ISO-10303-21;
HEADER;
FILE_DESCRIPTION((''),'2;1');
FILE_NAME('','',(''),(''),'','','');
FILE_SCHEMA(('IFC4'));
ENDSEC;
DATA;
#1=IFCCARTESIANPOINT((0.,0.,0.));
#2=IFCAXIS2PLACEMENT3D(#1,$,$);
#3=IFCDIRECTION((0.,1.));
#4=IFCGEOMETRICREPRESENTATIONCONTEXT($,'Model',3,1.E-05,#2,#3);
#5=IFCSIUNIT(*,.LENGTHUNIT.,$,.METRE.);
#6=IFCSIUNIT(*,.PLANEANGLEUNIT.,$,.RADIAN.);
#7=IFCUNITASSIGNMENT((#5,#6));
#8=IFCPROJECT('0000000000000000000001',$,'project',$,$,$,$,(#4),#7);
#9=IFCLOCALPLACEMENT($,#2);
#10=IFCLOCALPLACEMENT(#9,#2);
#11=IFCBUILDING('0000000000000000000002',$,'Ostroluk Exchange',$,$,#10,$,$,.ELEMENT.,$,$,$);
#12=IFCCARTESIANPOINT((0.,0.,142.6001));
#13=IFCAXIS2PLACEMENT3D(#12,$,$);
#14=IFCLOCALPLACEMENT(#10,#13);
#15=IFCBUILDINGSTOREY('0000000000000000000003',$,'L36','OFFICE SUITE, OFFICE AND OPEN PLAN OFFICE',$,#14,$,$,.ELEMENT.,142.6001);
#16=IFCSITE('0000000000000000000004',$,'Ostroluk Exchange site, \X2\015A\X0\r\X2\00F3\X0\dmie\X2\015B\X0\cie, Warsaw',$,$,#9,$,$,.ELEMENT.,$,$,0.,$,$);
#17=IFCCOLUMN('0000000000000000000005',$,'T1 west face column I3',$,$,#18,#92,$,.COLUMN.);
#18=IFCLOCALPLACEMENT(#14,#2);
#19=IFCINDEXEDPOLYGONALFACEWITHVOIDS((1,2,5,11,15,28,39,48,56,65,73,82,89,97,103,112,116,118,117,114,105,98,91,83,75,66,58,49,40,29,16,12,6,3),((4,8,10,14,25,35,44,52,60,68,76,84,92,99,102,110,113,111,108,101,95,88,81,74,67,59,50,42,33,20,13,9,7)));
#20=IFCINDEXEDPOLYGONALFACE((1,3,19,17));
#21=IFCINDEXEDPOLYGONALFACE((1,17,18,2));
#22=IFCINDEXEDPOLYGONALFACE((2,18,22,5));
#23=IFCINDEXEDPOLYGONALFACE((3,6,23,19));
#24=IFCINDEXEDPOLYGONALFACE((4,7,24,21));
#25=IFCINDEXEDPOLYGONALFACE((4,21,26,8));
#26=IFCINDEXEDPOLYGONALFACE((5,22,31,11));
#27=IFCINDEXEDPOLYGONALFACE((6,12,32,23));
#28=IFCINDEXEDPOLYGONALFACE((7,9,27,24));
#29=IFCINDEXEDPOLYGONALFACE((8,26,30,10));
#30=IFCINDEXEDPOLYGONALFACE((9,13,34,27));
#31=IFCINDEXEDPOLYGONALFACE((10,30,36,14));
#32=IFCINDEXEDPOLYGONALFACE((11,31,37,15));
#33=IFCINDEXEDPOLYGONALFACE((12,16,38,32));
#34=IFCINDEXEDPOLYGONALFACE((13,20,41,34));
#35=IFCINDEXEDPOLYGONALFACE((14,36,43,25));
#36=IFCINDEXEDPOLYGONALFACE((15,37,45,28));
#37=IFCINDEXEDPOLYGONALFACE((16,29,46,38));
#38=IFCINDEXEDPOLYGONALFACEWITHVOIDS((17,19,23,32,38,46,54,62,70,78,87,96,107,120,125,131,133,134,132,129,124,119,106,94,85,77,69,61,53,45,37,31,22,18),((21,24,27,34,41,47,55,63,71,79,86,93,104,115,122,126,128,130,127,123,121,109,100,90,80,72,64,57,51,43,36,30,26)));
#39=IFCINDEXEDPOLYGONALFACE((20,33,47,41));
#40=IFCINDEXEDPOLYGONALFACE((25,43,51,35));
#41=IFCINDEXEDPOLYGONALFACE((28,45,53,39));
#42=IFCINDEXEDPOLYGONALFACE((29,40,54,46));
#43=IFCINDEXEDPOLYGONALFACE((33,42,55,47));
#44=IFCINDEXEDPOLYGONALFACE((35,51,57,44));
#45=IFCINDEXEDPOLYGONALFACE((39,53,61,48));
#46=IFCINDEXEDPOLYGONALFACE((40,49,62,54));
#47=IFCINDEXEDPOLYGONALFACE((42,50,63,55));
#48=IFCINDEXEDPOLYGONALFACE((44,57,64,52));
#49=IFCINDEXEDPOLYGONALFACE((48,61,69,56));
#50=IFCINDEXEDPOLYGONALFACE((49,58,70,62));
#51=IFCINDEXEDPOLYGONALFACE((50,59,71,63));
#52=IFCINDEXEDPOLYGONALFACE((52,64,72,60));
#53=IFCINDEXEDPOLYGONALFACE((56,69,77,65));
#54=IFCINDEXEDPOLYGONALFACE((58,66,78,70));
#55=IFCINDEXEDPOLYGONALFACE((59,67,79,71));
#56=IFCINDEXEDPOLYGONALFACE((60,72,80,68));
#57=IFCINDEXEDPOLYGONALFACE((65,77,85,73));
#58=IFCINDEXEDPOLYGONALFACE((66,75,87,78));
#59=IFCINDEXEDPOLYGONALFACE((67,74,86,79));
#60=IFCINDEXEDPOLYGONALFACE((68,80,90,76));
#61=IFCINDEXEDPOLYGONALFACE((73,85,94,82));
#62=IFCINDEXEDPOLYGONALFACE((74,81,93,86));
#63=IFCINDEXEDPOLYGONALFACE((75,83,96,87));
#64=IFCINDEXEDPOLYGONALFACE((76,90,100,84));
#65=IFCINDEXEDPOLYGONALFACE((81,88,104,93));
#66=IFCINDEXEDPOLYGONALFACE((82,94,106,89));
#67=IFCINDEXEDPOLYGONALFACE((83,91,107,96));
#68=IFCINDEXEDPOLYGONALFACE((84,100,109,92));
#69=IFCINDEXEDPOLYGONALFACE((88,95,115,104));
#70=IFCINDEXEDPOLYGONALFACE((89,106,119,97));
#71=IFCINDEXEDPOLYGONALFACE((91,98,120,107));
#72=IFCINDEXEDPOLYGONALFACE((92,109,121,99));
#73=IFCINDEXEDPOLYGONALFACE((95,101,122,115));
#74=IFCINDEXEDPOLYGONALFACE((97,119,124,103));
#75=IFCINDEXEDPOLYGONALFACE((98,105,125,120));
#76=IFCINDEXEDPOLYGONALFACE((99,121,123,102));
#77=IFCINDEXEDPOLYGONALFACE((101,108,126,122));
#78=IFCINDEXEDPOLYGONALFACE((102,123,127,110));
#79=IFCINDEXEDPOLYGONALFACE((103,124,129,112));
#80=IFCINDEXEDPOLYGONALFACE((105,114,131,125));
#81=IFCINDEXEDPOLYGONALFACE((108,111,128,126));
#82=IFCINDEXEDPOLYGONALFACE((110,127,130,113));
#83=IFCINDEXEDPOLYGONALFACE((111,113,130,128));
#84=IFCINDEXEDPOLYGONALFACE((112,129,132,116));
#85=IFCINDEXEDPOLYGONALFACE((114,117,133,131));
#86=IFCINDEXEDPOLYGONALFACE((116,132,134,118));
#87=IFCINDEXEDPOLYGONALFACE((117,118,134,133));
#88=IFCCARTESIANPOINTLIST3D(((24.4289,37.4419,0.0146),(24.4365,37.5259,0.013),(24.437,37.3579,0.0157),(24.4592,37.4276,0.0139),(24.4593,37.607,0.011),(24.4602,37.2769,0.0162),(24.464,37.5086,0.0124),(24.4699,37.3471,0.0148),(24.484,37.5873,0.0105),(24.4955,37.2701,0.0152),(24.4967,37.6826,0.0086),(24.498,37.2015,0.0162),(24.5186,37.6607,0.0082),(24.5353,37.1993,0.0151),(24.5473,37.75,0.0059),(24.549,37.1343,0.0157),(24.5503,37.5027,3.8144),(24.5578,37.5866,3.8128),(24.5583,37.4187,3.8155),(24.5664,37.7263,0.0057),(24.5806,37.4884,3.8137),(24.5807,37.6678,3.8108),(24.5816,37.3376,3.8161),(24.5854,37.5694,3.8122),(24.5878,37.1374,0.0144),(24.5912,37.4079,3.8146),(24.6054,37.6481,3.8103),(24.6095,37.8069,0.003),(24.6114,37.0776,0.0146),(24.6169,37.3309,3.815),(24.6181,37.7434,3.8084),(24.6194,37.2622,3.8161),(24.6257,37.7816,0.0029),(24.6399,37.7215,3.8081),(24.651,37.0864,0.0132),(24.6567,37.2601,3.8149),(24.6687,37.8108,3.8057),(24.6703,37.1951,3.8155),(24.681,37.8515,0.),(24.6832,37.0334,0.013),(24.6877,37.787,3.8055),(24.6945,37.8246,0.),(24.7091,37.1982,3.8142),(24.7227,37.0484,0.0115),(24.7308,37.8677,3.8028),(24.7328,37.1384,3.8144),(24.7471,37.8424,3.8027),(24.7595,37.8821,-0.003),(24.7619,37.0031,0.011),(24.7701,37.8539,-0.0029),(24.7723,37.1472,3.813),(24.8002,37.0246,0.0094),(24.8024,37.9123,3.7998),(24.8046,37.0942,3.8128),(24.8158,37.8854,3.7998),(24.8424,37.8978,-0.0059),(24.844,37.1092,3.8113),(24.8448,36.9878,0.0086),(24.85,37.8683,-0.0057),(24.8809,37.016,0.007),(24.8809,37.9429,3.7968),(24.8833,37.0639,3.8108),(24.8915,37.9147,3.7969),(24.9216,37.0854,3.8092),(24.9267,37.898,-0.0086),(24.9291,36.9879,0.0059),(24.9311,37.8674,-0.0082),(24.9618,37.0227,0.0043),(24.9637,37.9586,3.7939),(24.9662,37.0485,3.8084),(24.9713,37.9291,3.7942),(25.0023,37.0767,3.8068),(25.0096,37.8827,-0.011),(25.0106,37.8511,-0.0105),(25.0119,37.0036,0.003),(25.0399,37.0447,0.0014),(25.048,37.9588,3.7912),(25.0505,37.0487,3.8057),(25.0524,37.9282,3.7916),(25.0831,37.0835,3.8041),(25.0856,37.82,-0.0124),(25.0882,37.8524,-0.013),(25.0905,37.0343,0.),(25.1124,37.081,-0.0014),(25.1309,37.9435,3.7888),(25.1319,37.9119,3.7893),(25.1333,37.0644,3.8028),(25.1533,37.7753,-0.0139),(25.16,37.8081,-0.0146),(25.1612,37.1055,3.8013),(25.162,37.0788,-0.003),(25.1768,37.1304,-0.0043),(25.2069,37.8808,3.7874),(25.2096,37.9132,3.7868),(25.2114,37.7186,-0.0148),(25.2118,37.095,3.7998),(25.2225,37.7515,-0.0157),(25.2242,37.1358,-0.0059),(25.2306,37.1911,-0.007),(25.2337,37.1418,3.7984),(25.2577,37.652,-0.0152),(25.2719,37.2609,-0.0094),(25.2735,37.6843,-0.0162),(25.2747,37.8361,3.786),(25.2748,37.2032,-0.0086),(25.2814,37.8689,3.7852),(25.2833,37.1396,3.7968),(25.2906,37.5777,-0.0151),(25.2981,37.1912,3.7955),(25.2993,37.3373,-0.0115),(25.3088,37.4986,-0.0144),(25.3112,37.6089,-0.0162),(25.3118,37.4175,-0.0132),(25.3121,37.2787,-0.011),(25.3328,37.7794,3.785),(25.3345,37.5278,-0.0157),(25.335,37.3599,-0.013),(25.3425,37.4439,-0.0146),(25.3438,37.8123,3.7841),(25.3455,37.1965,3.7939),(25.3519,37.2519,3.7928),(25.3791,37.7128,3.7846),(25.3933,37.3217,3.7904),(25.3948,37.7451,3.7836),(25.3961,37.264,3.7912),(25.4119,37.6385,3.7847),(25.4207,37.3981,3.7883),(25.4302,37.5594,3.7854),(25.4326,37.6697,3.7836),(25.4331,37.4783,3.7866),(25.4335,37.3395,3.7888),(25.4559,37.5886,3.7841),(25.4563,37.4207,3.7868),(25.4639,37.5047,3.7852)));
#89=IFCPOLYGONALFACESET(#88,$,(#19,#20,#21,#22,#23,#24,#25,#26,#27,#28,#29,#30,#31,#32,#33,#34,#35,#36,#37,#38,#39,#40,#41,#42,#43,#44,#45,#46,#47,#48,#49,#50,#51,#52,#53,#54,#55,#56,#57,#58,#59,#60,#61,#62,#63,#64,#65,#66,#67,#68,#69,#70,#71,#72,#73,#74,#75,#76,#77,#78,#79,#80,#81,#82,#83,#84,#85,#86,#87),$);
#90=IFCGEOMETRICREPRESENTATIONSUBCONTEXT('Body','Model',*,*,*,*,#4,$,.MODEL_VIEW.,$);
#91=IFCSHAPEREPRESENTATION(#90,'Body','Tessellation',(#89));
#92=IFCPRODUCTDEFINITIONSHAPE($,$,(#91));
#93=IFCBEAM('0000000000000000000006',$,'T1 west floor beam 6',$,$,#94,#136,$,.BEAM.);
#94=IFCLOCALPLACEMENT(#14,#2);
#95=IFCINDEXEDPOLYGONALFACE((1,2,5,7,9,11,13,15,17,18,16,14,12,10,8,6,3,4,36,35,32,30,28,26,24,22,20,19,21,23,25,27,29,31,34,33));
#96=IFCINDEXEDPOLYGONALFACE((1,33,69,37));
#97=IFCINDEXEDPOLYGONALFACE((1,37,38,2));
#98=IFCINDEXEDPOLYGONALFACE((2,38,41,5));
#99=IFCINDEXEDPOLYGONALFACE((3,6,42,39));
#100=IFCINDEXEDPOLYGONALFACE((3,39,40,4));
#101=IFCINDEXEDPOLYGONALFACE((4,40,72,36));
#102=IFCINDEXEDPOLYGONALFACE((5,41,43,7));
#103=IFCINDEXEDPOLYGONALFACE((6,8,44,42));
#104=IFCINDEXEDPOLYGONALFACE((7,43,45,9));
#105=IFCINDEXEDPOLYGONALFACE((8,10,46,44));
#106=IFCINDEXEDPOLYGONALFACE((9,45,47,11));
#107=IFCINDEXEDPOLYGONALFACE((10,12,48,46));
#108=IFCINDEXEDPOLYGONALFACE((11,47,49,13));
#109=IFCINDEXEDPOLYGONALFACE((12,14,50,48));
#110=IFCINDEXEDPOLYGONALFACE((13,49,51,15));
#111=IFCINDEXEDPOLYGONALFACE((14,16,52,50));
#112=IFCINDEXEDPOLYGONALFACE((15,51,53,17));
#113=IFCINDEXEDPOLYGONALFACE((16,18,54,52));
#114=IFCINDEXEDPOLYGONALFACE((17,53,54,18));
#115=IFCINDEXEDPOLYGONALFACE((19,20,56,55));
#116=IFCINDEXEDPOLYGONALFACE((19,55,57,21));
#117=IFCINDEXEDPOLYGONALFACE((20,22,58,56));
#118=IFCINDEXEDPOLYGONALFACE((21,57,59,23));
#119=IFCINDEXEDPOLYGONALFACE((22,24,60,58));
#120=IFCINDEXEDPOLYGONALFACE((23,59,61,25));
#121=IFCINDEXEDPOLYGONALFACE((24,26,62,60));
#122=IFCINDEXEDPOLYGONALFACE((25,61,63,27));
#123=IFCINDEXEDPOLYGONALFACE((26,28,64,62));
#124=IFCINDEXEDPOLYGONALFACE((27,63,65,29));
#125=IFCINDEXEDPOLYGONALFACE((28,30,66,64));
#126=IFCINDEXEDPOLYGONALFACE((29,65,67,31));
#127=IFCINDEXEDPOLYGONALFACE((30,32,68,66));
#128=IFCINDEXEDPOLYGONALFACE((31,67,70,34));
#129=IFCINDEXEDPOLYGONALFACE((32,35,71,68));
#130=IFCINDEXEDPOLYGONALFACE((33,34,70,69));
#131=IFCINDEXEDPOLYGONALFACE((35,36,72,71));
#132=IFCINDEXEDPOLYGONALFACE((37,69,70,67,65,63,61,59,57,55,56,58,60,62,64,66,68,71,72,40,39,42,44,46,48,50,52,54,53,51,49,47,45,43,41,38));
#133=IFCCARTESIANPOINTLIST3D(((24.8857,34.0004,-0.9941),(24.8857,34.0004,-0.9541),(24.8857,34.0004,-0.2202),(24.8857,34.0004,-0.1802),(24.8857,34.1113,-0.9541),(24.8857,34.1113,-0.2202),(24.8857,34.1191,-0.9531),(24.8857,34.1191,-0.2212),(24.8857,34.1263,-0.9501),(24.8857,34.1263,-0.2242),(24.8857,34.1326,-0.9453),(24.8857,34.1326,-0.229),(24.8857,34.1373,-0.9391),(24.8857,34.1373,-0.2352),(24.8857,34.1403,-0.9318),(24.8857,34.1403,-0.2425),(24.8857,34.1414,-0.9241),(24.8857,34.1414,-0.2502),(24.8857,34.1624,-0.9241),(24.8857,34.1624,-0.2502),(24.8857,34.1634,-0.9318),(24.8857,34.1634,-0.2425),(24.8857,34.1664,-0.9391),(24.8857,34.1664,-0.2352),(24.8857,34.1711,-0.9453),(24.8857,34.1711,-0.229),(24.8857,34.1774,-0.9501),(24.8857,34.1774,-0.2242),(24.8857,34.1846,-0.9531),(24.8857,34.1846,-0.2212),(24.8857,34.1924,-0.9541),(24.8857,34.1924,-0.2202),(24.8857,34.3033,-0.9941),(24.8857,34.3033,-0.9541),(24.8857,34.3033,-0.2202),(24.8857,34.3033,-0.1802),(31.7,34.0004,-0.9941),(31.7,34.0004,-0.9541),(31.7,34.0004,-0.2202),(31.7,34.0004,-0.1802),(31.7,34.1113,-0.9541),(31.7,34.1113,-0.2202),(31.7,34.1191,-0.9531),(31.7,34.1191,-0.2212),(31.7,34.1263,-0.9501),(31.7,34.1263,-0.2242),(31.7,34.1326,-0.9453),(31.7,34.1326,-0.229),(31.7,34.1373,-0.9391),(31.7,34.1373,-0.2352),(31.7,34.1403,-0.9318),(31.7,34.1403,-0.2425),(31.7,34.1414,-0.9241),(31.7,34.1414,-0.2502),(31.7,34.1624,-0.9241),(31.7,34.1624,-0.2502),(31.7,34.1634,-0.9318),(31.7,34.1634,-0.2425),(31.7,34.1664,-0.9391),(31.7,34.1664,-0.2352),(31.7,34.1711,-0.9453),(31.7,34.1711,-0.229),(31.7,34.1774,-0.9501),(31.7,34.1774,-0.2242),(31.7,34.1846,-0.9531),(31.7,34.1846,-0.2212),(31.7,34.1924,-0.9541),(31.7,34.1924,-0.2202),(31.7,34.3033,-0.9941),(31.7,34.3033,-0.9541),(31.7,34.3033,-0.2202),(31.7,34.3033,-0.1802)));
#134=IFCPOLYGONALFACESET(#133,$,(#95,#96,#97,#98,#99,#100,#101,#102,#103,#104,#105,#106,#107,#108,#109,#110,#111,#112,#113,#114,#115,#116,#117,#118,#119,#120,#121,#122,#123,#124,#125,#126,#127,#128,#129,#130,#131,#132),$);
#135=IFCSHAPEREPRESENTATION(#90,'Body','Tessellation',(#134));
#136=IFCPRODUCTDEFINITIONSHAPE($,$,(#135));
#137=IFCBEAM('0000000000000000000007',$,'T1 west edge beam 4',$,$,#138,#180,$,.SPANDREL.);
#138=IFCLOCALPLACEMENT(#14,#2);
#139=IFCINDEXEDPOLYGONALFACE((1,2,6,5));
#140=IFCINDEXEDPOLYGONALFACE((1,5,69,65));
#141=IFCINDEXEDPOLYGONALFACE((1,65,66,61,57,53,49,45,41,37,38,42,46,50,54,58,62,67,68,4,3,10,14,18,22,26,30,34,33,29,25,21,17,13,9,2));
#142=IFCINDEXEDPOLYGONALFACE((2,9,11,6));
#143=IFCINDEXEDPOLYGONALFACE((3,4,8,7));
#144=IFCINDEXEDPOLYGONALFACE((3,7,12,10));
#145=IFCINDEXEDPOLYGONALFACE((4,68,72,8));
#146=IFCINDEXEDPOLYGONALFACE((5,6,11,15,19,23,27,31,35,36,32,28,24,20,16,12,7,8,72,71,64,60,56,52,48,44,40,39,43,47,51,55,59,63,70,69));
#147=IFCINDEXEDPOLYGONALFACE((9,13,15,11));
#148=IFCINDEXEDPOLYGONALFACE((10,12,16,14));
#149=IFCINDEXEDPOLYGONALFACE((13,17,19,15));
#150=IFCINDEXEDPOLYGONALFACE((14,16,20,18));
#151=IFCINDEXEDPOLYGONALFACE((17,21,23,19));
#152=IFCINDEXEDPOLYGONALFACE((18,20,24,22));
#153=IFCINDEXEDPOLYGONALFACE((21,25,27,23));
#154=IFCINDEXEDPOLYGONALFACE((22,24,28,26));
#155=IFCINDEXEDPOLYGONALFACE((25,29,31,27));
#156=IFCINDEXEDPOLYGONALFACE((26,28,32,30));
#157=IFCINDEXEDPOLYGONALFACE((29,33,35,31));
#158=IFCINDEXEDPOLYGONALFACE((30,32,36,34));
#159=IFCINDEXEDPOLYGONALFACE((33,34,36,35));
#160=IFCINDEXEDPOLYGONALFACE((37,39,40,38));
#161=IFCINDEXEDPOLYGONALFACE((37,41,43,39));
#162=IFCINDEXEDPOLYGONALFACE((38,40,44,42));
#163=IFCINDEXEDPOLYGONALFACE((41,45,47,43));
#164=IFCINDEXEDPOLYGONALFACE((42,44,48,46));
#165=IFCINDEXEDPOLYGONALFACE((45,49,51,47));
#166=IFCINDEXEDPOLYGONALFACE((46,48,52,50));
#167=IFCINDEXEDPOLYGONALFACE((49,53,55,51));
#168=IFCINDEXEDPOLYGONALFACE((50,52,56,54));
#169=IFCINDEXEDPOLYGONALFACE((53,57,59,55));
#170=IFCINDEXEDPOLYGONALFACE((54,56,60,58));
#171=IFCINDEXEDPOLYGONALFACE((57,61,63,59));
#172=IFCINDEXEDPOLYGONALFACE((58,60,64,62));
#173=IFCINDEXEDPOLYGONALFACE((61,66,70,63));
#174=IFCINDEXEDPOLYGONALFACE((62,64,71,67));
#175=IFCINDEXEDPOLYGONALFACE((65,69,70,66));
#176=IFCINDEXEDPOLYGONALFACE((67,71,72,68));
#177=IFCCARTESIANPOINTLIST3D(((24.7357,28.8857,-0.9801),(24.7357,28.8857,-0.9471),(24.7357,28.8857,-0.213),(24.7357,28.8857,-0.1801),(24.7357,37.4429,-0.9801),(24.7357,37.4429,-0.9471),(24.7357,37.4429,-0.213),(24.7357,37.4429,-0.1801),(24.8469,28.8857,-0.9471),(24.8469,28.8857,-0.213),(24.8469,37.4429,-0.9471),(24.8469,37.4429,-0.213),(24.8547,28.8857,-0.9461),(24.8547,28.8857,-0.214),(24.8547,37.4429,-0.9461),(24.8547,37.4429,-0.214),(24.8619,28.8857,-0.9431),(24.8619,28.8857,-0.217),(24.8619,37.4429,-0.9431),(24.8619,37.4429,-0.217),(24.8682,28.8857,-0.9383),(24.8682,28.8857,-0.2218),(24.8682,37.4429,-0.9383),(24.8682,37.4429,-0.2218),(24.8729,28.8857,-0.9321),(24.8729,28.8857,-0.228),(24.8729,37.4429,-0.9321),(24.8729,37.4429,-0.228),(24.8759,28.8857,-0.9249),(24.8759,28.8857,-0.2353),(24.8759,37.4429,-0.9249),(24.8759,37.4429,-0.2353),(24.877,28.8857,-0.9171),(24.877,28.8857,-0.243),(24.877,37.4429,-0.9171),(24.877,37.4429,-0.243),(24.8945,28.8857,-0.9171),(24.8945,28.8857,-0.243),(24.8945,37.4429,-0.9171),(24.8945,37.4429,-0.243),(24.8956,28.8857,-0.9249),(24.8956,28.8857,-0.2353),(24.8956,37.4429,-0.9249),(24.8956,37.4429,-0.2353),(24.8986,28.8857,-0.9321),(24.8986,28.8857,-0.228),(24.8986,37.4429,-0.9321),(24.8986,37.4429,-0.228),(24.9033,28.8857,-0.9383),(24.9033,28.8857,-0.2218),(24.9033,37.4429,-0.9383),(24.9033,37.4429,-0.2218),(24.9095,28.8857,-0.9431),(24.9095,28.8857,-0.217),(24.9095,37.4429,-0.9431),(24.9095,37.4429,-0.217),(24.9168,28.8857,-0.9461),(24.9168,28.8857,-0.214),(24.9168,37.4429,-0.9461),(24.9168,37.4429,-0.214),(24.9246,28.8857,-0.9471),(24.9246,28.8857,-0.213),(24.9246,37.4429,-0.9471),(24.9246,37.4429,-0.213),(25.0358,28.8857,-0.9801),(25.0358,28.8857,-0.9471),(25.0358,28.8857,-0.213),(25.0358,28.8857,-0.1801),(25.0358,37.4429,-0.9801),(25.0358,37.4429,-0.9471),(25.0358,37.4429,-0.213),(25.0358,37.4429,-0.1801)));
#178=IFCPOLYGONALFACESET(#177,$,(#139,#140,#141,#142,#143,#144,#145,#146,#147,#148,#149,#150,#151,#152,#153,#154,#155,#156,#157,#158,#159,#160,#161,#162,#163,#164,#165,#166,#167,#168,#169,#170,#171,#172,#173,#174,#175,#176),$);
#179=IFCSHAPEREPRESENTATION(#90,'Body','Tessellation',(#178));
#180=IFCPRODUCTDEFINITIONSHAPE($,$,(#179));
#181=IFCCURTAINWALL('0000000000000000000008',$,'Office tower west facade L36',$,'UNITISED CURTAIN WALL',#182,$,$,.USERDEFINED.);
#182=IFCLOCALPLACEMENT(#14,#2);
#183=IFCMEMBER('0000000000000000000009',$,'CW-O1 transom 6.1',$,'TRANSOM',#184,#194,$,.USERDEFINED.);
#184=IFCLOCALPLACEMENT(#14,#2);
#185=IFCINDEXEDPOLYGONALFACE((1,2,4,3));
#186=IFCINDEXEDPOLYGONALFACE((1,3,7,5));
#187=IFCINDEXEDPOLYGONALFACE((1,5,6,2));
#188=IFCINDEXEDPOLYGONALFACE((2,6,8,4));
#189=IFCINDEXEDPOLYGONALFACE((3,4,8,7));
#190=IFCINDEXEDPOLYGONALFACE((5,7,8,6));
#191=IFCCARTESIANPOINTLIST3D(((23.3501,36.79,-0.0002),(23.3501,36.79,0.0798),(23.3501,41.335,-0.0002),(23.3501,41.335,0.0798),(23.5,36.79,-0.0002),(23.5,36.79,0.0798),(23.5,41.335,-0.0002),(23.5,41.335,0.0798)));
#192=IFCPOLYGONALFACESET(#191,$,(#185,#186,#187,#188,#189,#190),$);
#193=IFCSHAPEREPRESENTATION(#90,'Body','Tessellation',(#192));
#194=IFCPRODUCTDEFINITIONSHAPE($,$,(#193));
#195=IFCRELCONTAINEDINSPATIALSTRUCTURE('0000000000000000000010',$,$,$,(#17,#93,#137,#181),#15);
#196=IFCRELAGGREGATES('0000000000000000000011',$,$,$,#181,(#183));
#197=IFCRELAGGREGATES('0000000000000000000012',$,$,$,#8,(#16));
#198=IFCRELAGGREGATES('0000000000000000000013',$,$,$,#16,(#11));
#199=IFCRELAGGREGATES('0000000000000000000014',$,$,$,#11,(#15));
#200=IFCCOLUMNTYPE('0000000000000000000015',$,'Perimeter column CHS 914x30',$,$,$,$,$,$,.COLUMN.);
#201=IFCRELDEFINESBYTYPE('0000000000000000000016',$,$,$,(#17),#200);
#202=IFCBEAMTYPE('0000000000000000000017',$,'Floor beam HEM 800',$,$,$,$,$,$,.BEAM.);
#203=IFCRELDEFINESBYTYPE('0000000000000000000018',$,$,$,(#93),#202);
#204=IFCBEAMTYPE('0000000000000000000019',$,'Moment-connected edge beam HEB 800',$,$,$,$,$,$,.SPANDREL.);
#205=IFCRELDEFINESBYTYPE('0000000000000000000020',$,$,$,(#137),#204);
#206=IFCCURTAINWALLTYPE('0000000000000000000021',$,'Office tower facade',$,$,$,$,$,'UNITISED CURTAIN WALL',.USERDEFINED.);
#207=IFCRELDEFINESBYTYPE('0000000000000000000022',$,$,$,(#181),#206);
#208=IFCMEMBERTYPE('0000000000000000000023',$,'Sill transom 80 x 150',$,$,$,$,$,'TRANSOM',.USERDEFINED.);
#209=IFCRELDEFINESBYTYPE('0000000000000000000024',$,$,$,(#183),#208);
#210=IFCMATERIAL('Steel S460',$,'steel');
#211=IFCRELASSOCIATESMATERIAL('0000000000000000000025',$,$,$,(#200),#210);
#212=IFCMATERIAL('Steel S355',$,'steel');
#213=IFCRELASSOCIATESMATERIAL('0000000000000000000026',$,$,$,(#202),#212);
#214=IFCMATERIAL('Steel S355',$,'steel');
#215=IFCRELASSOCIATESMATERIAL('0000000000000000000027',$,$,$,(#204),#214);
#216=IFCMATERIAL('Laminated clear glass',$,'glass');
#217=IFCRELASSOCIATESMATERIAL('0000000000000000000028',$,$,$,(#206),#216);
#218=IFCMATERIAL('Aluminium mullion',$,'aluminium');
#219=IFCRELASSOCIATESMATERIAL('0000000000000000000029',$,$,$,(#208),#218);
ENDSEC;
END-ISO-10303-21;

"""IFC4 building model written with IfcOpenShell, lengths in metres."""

from ifc_helpers import new_model, si_unit, direction, frame, origin, origin_2d, place, context, subcontext, project, spatial, rectangle, hollow_circle, i_section, extrude, material, material_profile, profile_set, type_object, element, aggregate, save


model = new_model("IFC4")

# Units and contexts
model_context = context("Model", 3, precision=1e-05, world=origin(), true_north=direction((0.0, 1.0)))
body_context = subcontext(model_context, "Body", "Model", "MODEL_VIEW")
ifc_project = project(units=[si_unit("LENGTHUNIT", "METRE"), si_unit("PLANEANGLEUNIT", "RADIAN")], contexts=[model_context])

# Site, building, storey
site_placement = place(None, origin())
site = spatial("IfcSite", under=ifc_project, at=site_placement, Name="Ostroluk Exchange site, Śródmieście, Warsaw", CompositionType="ELEMENT", RefElevation=0.0)
building_placement = place(site_placement, origin())
building = spatial("IfcBuilding", under=site, at=building_placement, Name="Ostroluk Exchange", CompositionType="ELEMENT")
storey_placement = place(building_placement, frame((0.0, 0.0, 142.6001)))
storey = spatial("IfcBuildingStorey", under=building, at=storey_placement, Name="L36", Description="OFFICE SUITE, OFFICE AND OPEN PLAN OFFICE", CompositionType="ELEMENT", Elevation=142.6001)

# Column
ifc_material_1 = material(Name="Steel S460", Category="steel")
ifc_material_profile_1 = material_profile(ifc_material_1, hollow_circle(Radius=0.457, WallThickness=0.03, at=origin_2d()), Name="CHS 914x30")
ifc_profile_set_1 = profile_set([ifc_material_profile_1], Name="Steel S460")
column_type = type_object("IfcColumnType", Name="Perimeter column CHS 914x30", PredefinedType="COLUMN", material=ifc_profile_set_1)
column_placement = place(storey_placement, frame((24.8857, 37.4429, 0.0), z_axis=(0.031912, 0.015988, 0.999363), x_axis=(-0.447933, 0.894067, 0.0)))
element("IfcColumn", 1, at=column_placement, inside=storey, type_object=column_type, Name="T1 west face column I3", PredefinedType="COLUMN", context=body_context, shape_type="SweptSolid", body=[
    extrude(hollow_circle(Radius=0.457, WallThickness=0.03, at=origin_2d()), origin(), (0.0, 0.0, 1.0), 3.8022),
])

# Beams
ifc_material_2 = material(Name="Steel S355", Category="steel")
ifc_material_profile_2 = material_profile(ifc_material_2, i_section(OverallWidth=0.303, OverallDepth=0.814, WebThickness=0.021, FlangeThickness=0.04, FilletRadius=0.03, at=origin_2d()), Name="HEM 800")
ifc_profile_set_2 = profile_set([ifc_material_profile_2], Name="Steel S355")
beam_type_1 = type_object("IfcBeamType", Name="Floor beam HEM 800", PredefinedType="BEAM", material=ifc_profile_set_2)
beam_1_placement = place(storey_placement, frame((31.7, 34.1519, -0.5872), z_axis=(-1.0, 0.0, 0.0), x_axis=(0.0, -1.0, 0.0)))
element("IfcBeam", 2, at=beam_1_placement, inside=storey, type_object=beam_type_1, Name="T1 west floor beam 6", PredefinedType="BEAM", context=body_context, shape_type="SweptSolid", body=[
    extrude(i_section(OverallWidth=0.303, OverallDepth=0.814, WebThickness=0.021, FlangeThickness=0.04, FilletRadius=0.03, at=origin_2d()), origin(), (0.0, 0.0, 1.0), 6.8142),
])
ifc_material_3 = material(Name="Steel S355", Category="steel")
ifc_material_profile_3 = material_profile(ifc_material_3, i_section(OverallWidth=0.3, OverallDepth=0.8, WebThickness=0.0176, FlangeThickness=0.033, FilletRadius=0.03, at=origin_2d()), Name="HEB 800")
ifc_profile_set_3 = profile_set([ifc_material_profile_3], Name="Steel S355")
beam_type_2 = type_object("IfcBeamType", Name="Moment-connected edge beam HEB 800", PredefinedType="SPANDREL", material=ifc_profile_set_3)
beam_2_placement = place(storey_placement, frame((24.8857, 37.4429, -0.5801), z_axis=(0.0, -1.0, 0.0), x_axis=(1.0, 0.0, 0.0)))
element("IfcBeam", 3, at=beam_2_placement, inside=storey, type_object=beam_type_2, Name="T1 west edge beam 4", PredefinedType="SPANDREL", context=body_context, shape_type="SweptSolid", body=[
    extrude(i_section(OverallWidth=0.3, OverallDepth=0.8, WebThickness=0.0176, FlangeThickness=0.033, FilletRadius=0.03, at=origin_2d()), origin(), (0.0, 0.0, 1.0), 8.5571),
])

# Curtain wall, member
ifc_material_4 = material(Name="Laminated clear glass", Category="glass")
curtain_wall_type = type_object("IfcCurtainWallType", Name="Office tower facade", ElementType="UNITISED CURTAIN WALL", PredefinedType="USERDEFINED", material=ifc_material_4)
curtain_wall_placement = place(storey_placement, origin())
curtain_wall = element("IfcCurtainWall", 4, at=curtain_wall_placement, inside=storey, type_object=curtain_wall_type, Name="Office tower west facade L36", ObjectType="UNITISED CURTAIN WALL", PredefinedType="USERDEFINED")
ifc_material_5 = material(Name="Aluminium mullion", Category="aluminium")
ifc_material_profile_4 = material_profile(ifc_material_5, rectangle(XDim=0.1499, YDim=0.0801, at=origin_2d()), Name="Sill transom 80 x 150")
ifc_profile_set_4 = profile_set([ifc_material_profile_4], Name="Aluminium mullion")
member_type_1 = type_object("IfcMemberType", Name="Sill transom 80 x 150", ElementType="TRANSOM", PredefinedType="USERDEFINED", material=ifc_profile_set_4)
member_1_placement = place(storey_placement, frame((23.425, 41.335, 0.0398), z_axis=(0.0, -1.0, 0.0), x_axis=(1.0, 0.0, 0.0)))
member_1 = element("IfcMember", 5, at=member_1_placement, type_object=member_type_1, Name="CW-O1 transom 6.1", ObjectType="TRANSOM", PredefinedType="USERDEFINED", context=body_context, shape_type="SweptSolid", body=[
    extrude(rectangle(XDim=0.1499, YDim=0.0801, at=origin_2d()), origin(), (0.0, 0.0, 1.0), 4.5449),
])
aggregate(curtain_wall, [member_1])

save(model, "model.ifc")
